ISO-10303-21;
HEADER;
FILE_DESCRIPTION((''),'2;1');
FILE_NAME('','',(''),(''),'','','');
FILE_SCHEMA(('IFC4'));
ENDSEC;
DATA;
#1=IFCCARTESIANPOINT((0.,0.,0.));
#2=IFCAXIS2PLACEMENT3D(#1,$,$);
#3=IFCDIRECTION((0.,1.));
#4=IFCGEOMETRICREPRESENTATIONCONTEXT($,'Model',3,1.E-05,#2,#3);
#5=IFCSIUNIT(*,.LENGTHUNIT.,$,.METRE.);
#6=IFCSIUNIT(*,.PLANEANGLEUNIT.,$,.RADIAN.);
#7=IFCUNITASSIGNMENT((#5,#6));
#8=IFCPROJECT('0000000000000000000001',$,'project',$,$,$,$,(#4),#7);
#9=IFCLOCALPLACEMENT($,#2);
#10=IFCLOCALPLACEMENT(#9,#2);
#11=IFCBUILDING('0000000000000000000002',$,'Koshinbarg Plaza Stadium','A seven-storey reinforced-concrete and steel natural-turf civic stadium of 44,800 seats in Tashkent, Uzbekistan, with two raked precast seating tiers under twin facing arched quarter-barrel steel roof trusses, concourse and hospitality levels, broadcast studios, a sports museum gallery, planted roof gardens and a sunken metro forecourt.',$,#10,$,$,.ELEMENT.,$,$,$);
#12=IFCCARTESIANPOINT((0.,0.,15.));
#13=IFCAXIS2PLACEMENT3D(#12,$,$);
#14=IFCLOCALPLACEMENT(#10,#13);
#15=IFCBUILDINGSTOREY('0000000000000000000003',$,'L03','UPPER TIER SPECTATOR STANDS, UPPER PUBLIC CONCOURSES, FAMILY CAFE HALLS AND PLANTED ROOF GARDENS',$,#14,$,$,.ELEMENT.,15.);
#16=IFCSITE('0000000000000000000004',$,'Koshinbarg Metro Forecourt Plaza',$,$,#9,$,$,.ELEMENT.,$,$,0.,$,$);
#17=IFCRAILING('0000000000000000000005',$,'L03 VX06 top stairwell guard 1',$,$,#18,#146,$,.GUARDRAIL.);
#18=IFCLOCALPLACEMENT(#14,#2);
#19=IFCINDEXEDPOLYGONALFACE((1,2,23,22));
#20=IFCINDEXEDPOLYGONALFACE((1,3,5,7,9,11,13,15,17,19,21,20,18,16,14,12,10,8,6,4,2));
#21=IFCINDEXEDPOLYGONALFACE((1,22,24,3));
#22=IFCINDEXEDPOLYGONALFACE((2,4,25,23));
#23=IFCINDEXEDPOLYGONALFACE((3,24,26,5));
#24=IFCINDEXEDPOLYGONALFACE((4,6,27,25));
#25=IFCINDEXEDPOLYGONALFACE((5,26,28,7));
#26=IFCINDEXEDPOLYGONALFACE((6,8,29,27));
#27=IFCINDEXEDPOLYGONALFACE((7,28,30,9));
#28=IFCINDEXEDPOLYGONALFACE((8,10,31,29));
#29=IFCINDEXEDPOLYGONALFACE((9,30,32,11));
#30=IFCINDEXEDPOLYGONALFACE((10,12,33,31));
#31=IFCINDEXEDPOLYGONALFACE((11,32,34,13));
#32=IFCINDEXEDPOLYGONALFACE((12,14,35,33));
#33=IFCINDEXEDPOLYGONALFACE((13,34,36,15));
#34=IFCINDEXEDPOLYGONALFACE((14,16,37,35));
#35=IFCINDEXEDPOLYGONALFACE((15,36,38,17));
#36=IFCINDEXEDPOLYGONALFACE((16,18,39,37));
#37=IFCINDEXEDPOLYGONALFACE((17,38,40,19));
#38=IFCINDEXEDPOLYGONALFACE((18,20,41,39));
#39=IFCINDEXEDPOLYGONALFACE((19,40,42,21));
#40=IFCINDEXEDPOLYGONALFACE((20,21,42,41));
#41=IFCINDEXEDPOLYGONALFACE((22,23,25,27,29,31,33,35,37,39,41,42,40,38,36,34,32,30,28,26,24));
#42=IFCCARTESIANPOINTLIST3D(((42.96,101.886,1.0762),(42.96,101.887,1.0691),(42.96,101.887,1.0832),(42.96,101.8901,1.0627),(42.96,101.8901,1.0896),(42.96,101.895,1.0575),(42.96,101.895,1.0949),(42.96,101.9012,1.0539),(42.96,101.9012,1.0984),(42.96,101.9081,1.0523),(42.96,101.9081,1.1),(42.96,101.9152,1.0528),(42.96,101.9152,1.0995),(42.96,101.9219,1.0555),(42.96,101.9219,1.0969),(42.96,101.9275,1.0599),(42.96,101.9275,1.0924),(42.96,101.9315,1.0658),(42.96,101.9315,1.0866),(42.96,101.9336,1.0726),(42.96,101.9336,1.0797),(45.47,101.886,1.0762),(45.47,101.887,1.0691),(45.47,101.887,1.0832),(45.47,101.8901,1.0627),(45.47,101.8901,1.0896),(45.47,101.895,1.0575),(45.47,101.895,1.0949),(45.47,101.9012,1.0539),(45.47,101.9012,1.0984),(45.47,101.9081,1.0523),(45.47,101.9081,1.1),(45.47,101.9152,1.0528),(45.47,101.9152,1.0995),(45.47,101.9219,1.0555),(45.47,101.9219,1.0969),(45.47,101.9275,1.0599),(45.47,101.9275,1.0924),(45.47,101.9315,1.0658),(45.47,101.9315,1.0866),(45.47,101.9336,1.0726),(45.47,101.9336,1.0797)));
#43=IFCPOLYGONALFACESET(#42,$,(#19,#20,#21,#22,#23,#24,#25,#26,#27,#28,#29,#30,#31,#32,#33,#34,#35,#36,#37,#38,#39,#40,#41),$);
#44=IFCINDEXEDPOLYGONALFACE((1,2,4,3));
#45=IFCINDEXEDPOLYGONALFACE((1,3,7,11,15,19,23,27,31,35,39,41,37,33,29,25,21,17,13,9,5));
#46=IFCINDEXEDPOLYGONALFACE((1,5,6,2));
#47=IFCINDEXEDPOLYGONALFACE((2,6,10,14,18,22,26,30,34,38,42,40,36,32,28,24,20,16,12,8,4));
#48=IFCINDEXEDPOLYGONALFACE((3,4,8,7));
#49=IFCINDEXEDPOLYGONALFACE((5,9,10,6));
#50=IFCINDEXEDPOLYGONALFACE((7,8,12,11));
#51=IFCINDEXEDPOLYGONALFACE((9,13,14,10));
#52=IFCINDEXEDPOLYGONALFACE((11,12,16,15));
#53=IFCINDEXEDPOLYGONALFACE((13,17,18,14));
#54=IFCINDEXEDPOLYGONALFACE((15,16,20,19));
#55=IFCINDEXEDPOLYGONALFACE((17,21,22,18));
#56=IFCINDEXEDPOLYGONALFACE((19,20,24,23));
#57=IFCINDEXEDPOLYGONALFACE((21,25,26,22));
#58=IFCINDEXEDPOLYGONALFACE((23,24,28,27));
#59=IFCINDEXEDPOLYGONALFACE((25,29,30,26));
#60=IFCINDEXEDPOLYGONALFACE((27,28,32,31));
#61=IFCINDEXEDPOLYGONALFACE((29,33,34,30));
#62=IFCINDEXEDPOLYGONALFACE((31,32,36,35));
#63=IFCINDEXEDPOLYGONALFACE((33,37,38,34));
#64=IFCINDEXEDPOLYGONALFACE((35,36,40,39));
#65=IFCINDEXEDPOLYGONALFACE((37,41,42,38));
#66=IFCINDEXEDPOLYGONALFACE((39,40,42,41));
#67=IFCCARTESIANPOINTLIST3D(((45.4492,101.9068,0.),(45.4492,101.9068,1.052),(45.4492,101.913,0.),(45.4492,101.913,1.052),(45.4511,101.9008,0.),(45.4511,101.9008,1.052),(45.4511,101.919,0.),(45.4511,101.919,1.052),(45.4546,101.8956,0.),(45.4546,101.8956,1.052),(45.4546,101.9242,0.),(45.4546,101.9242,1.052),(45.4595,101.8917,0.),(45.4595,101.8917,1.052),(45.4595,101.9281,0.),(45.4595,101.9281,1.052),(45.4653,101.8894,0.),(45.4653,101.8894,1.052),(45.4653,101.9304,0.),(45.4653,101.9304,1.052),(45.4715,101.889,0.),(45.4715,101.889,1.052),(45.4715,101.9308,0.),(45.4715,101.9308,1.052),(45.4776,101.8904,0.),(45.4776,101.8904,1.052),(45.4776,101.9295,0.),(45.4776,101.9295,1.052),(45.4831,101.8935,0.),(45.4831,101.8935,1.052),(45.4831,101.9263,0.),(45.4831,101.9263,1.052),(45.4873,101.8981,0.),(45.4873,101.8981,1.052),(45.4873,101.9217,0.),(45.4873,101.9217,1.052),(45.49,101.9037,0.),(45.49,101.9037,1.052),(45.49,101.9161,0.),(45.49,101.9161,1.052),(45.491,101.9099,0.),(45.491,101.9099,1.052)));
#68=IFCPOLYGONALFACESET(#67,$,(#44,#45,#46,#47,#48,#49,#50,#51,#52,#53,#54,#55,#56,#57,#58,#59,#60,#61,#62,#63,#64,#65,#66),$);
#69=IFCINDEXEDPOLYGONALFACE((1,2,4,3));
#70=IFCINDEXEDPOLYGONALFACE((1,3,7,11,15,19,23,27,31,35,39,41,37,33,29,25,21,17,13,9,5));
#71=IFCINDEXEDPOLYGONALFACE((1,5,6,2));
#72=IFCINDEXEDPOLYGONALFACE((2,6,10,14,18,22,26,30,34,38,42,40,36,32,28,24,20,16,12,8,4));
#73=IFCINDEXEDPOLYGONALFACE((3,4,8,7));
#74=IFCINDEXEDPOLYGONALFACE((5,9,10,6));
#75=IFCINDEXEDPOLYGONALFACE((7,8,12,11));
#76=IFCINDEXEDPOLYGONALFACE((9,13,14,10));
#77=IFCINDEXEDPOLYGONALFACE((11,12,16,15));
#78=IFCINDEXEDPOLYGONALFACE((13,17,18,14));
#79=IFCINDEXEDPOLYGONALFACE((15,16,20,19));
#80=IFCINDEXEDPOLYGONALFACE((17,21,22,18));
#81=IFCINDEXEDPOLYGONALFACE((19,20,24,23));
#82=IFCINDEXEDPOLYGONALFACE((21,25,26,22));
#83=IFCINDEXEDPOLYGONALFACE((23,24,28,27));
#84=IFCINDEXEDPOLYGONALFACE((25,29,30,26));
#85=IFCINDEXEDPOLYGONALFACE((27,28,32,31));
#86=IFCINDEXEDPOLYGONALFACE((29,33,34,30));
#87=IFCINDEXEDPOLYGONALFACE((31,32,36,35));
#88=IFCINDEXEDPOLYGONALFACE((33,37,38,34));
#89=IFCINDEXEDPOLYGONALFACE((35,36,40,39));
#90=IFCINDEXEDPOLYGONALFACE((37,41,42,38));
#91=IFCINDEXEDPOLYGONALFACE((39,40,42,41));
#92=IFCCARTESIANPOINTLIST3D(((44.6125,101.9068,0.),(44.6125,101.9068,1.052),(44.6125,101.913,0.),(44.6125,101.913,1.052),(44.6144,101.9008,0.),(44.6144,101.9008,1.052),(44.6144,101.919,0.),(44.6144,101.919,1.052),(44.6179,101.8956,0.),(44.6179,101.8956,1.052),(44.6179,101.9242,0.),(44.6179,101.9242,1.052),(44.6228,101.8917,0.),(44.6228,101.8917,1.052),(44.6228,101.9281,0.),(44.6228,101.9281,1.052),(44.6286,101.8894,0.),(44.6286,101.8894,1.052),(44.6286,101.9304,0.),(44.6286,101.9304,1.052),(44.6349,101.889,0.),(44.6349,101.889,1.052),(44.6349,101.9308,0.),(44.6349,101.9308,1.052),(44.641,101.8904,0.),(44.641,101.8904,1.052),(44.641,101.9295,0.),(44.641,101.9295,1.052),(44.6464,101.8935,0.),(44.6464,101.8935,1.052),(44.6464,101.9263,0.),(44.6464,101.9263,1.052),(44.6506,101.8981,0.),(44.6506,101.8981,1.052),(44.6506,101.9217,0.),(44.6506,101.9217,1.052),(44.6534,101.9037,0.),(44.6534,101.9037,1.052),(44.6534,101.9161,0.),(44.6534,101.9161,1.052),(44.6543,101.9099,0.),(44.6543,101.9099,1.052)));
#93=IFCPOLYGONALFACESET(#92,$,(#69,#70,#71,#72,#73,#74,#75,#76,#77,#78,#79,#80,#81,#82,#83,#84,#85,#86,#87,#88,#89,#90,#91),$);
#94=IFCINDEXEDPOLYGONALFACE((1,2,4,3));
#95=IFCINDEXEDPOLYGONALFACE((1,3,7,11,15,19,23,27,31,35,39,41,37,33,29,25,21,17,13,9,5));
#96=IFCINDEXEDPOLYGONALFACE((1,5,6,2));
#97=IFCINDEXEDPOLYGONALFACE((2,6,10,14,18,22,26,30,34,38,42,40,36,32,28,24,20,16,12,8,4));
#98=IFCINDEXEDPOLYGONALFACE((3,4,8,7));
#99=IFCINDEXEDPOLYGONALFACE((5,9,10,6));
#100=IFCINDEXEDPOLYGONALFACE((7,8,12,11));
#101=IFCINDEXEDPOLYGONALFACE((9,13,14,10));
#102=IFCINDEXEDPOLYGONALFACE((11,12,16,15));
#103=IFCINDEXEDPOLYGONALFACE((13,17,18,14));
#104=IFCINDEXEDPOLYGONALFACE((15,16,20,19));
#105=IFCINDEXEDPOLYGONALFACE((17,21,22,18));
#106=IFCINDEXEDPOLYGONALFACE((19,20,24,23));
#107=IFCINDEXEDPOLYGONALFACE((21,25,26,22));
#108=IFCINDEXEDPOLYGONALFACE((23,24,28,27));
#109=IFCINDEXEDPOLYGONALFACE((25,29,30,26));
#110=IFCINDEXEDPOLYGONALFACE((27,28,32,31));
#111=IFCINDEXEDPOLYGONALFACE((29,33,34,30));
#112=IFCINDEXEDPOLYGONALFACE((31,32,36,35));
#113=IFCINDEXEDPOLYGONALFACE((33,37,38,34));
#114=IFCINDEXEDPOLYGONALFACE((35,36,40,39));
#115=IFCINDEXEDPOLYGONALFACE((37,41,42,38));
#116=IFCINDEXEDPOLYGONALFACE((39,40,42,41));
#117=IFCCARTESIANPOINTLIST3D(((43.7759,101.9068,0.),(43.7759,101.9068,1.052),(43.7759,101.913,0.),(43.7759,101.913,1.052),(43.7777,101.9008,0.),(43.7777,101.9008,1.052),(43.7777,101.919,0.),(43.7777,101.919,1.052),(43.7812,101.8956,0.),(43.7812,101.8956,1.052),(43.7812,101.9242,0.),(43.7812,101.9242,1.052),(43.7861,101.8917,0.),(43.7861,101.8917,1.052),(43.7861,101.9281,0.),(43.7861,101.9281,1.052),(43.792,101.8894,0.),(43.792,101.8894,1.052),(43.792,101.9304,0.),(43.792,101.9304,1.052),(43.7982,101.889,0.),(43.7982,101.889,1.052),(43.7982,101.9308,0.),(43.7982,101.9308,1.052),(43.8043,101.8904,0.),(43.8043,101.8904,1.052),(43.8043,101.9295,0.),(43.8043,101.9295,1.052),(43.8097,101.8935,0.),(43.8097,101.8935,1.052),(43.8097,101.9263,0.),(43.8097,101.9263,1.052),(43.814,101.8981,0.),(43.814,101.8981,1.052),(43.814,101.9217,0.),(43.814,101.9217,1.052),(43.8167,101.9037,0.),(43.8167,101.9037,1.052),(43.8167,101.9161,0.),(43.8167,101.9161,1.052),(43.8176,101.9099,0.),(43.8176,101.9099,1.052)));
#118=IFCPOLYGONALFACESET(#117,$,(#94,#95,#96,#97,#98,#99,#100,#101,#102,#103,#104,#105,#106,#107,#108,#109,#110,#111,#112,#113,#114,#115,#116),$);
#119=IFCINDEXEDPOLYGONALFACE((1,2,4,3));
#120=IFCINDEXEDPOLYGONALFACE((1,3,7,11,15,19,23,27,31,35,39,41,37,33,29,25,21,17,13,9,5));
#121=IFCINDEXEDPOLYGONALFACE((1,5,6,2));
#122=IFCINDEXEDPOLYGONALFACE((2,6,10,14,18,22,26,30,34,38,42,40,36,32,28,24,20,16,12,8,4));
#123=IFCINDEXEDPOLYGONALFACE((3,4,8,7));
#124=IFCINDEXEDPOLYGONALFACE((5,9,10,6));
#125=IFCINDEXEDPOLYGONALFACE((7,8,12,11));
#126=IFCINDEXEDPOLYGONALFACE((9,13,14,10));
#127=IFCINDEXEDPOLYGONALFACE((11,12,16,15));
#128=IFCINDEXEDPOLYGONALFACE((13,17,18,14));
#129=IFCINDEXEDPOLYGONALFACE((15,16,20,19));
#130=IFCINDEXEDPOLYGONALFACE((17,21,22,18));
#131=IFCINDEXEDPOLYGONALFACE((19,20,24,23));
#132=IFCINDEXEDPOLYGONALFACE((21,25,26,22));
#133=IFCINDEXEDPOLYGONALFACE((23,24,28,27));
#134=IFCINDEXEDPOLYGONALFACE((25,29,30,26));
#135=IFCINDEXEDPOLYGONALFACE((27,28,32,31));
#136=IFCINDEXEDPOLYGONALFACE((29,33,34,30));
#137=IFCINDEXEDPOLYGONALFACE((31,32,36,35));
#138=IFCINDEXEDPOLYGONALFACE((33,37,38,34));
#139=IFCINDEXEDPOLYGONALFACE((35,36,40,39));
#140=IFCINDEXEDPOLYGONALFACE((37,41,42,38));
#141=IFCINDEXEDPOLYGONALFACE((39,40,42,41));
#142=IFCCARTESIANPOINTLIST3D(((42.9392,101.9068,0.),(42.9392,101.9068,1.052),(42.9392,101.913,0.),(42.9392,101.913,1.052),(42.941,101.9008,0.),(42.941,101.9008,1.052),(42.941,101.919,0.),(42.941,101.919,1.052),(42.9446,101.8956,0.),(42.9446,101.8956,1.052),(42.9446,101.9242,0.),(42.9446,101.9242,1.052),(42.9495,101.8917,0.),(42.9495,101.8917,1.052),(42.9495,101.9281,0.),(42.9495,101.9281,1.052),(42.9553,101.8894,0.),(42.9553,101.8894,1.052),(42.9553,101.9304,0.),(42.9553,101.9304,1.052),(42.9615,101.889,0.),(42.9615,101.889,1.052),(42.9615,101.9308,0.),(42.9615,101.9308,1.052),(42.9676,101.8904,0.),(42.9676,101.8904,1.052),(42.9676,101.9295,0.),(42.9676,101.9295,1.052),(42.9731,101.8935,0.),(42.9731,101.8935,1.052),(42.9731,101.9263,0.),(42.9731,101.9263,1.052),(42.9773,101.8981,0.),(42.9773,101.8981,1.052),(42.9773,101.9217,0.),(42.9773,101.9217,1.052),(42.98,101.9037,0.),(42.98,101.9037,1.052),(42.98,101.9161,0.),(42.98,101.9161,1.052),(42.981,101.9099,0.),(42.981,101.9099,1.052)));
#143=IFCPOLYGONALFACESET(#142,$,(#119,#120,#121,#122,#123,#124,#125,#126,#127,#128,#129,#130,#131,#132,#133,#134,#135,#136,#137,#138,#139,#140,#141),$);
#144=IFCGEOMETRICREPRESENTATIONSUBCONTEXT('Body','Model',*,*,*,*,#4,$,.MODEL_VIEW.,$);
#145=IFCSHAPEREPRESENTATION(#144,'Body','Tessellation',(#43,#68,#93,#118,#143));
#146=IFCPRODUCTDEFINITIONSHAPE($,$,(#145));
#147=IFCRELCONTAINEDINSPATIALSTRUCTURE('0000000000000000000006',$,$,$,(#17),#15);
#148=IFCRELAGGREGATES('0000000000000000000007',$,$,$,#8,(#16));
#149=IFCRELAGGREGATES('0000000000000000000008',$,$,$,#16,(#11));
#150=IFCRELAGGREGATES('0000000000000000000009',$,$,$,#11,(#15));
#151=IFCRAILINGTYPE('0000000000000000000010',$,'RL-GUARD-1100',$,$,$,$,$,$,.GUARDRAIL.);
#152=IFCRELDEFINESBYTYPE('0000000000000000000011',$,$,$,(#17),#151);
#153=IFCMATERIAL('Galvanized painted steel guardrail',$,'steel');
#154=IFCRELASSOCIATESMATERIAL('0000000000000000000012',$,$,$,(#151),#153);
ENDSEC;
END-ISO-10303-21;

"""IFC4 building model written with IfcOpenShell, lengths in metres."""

from ifc_helpers import new_model, si_unit, direction, frame, origin, origin_2d, place, context, subcontext, project, spatial, circle, extrude, material, type_object, element, save


model = new_model("IFC4")

# Units and contexts
model_context = context("Model", 3, precision=1e-05, world=origin(), true_north=direction((0.0, 1.0)))
body_context = subcontext(model_context, "Body", "Model", "MODEL_VIEW")
ifc_project = project(units=[si_unit("LENGTHUNIT", "METRE"), si_unit("PLANEANGLEUNIT", "RADIAN")], contexts=[model_context])

# Site, building, storey
site_placement = place(None, origin())
site = spatial("IfcSite", under=ifc_project, at=site_placement, Name="Koshinbarg Metro Forecourt Plaza", CompositionType="ELEMENT", RefElevation=0.0)
building_placement = place(site_placement, origin())
building = spatial("IfcBuilding", under=site, at=building_placement, Name="Koshinbarg Plaza Stadium", Description="A seven-storey reinforced-concrete and steel natural-turf civic stadium of 44,800 seats in Tashkent, Uzbekistan, with two raked precast seating tiers under twin facing arched quarter-barrel steel roof trusses, concourse and hospitality levels, broadcast studios, a sports museum gallery, planted roof gardens and a sunken metro forecourt.", CompositionType="ELEMENT")
storey_placement = place(building_placement, frame((0.0, 0.0, 15.0)))
storey = spatial("IfcBuildingStorey", under=building, at=storey_placement, Name="L03", Description="UPPER TIER SPECTATOR STANDS, UPPER PUBLIC CONCOURSES, FAMILY CAFE HALLS AND PLANTED ROOF GARDENS", CompositionType="ELEMENT", Elevation=15.0)

# Railing
ifc_material_1 = material(Name="Galvanized painted steel guardrail", Category="steel")
railing_type = type_object("IfcRailingType", Name="RL-GUARD-1100", PredefinedType="GUARDRAIL", material=ifc_material_1)
railing_placement = place(storey_placement, frame((45.47, 101.9099, 0.0)))
element("IfcRailing", 1, at=railing_placement, inside=storey, type_object=railing_type, Name="L03 VX06 top stairwell guard 1", PredefinedType="GUARDRAIL", context=body_context, shape_type="SweptSolid", body=[
    extrude(circle(Radius=0.0239, at=origin_2d()), frame((0.0, 0.0, 1.0762), z_axis=(-1.0, 0.0, 0.0), x_axis=(0.0, -1.0, 0.0)), (0.0, 0.0, 1.0), 2.51),
    extrude(circle(Radius=0.021, at=origin_2d()), origin(), (0.0, 0.0, 1.0), 1.052),
    extrude(circle(Radius=0.021, at=origin_2d()), frame((-0.8367, 0.0, 0.0)), (0.0, 0.0, 1.0), 1.052),
    extrude(circle(Radius=0.021, at=origin_2d()), frame((-1.6733, 0.0, 0.0)), (0.0, 0.0, 1.0), 1.052),
    extrude(circle(Radius=0.021, at=origin_2d()), frame((-2.51, 0.0, 0.0)), (0.0, 0.0, 1.0), 1.052),
])

save(model, "model.ifc")
